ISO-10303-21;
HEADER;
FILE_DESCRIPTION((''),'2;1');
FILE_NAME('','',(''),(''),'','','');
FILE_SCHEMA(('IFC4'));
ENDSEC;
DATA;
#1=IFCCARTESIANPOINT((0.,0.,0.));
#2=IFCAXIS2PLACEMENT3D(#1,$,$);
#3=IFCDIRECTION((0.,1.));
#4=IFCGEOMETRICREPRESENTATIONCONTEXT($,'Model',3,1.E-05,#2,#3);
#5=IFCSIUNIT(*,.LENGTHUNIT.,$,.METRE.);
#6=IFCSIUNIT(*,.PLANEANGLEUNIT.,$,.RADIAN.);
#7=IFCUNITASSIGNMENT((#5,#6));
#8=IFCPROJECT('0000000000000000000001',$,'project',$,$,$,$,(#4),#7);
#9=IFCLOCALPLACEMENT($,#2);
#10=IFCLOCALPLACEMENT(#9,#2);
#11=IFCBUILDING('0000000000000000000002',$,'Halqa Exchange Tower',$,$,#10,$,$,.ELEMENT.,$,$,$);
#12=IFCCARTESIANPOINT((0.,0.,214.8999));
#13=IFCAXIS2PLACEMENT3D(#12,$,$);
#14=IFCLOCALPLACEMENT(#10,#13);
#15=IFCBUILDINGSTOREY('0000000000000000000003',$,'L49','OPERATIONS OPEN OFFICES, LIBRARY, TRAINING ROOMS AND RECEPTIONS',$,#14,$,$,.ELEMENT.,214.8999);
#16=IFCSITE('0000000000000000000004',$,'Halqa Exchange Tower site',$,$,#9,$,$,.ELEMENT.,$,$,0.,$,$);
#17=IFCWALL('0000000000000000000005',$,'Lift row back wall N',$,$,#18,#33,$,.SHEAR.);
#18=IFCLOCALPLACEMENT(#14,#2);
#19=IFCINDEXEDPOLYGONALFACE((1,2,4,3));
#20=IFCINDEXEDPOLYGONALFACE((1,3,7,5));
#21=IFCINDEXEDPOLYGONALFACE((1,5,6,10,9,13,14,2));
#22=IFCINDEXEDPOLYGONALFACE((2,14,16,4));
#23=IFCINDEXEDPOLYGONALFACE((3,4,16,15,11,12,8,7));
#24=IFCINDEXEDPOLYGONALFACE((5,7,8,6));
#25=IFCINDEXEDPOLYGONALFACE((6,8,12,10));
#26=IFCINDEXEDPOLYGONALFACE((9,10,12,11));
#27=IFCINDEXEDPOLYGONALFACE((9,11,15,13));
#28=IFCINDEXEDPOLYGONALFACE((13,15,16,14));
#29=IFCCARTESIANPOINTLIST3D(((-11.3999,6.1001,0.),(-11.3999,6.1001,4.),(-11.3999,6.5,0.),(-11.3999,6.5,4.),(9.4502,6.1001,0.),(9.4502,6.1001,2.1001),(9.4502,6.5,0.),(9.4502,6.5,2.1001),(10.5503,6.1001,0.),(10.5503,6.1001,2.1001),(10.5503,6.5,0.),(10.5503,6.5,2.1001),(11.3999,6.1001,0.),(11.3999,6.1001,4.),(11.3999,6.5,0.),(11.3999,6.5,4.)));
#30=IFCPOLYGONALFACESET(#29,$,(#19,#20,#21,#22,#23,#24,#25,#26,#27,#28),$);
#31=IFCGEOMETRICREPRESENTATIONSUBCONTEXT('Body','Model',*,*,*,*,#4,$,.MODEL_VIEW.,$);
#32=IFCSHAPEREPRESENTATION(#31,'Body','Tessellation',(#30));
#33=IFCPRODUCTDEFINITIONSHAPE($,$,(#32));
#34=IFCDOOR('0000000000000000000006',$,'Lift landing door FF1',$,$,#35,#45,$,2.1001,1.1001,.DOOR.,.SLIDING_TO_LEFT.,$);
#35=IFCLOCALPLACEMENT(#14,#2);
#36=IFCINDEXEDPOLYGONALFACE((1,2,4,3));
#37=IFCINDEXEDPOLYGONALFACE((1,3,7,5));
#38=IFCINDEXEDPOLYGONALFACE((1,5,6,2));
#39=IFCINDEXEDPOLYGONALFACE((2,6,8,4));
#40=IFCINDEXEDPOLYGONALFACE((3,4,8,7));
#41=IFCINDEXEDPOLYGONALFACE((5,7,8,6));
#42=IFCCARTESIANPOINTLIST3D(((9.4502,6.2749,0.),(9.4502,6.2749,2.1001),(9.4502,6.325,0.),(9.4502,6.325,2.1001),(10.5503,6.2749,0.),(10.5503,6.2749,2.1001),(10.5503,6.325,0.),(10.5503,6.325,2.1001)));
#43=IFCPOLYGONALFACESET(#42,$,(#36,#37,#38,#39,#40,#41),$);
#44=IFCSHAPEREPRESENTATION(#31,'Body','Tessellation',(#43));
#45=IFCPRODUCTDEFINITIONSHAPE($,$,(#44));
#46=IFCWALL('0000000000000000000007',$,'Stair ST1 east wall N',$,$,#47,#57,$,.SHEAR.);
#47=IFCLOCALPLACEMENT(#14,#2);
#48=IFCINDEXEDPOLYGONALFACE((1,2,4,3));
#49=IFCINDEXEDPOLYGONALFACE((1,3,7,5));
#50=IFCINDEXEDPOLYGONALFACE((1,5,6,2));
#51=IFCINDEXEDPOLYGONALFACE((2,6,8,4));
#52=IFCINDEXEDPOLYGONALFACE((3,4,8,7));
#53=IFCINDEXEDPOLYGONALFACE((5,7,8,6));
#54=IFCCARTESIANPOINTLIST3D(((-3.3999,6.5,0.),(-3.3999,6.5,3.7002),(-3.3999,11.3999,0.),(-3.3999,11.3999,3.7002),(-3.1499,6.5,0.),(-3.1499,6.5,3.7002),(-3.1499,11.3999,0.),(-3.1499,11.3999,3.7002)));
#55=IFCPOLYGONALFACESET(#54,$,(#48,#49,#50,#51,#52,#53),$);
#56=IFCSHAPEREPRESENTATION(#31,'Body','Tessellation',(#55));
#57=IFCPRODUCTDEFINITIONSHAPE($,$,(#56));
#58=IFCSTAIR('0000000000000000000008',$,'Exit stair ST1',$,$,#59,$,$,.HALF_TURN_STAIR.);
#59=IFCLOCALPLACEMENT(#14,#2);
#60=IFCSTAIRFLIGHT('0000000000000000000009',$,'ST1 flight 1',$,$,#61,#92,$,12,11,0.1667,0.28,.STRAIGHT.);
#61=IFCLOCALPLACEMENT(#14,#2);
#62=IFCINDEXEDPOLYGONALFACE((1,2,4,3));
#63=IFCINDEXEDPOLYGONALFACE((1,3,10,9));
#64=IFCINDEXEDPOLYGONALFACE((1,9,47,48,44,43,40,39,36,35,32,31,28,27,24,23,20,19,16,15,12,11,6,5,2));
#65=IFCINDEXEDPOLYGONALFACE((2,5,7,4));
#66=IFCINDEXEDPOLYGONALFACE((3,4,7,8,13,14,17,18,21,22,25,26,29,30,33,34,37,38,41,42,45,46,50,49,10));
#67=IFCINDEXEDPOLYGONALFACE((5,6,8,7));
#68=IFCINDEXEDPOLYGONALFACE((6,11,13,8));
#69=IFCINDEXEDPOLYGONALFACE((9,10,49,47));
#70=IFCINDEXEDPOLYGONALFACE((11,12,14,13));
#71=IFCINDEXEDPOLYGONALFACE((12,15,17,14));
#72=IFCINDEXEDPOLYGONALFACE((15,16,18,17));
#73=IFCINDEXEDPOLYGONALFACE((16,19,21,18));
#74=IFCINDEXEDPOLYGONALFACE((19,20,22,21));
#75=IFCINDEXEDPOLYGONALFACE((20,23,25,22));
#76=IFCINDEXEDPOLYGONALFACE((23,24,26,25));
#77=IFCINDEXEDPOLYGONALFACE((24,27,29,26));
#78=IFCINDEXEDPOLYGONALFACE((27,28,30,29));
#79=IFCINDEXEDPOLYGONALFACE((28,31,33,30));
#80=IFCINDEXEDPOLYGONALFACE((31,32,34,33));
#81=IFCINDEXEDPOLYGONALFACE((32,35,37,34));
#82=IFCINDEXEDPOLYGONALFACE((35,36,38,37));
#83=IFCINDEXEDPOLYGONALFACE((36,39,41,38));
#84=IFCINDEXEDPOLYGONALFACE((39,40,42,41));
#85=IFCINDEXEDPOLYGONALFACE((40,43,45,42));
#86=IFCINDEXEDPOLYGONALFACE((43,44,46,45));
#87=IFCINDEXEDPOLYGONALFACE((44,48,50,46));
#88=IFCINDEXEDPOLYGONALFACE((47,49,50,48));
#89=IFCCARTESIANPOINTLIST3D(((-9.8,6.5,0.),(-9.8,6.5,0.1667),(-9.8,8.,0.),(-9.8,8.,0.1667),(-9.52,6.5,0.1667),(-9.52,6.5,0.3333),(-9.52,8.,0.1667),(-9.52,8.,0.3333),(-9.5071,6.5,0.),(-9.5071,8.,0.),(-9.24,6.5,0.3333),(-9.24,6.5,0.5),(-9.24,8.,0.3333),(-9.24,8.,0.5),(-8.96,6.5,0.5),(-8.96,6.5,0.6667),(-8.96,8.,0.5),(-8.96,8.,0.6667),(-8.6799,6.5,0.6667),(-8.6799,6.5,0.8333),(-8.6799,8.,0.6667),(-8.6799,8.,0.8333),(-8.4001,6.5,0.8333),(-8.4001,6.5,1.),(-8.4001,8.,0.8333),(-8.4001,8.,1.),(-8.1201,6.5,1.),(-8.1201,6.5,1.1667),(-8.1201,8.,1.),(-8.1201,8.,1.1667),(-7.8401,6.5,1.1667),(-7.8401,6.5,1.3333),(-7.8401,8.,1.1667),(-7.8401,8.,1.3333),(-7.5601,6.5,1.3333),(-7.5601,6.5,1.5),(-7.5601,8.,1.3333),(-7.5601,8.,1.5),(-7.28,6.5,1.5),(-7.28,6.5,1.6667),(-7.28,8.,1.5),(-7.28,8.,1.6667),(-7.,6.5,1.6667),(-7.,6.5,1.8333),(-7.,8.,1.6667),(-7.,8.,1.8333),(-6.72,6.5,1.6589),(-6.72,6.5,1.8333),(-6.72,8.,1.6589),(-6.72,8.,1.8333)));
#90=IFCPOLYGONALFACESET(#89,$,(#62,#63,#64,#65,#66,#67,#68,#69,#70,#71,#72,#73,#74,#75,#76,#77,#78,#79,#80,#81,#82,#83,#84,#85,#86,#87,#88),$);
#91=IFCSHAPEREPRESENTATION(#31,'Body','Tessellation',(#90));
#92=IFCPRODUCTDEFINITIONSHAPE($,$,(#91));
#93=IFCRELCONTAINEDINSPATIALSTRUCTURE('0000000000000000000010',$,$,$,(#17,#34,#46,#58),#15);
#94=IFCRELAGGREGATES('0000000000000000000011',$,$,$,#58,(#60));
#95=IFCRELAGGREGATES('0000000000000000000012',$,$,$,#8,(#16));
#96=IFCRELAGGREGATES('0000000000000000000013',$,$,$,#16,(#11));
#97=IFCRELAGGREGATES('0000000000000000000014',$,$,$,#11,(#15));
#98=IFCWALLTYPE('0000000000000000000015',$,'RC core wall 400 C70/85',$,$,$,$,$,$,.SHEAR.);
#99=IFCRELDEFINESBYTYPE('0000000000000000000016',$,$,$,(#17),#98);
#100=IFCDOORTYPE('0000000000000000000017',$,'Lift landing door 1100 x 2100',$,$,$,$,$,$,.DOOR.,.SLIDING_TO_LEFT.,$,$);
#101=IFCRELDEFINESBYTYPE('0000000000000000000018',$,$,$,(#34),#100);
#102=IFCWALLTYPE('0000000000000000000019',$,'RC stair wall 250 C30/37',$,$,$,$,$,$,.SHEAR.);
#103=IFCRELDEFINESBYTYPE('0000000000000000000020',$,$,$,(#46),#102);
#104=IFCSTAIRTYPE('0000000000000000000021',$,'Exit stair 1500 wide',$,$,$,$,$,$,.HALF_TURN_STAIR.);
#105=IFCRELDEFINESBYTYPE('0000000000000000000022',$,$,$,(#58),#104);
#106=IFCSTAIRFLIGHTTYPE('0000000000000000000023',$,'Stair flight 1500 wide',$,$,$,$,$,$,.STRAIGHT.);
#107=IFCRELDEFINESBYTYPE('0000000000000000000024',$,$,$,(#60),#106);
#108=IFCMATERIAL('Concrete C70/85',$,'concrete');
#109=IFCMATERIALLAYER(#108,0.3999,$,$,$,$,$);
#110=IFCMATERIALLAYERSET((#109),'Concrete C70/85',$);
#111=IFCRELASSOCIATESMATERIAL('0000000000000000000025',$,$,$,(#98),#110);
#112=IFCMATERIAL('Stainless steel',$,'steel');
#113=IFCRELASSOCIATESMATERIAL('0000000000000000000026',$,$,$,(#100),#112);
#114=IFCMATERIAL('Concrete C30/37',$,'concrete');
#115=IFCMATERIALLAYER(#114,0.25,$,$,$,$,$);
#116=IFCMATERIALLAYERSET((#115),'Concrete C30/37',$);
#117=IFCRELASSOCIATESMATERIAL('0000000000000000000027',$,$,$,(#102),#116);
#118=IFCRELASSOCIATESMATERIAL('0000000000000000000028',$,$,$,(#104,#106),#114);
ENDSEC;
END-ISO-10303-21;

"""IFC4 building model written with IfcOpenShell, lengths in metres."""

from ifc_helpers import new_model, si_unit, direction, frame, frame_2d, origin, place, context, subcontext, project, spatial, polyline, rectangle, outline, extrude, material, layer, layer_set, type_object, element, fill, aggregate, save


model = new_model("IFC4")

# Units and contexts
model_context = context("Model", 3, precision=1e-05, world=origin(), true_north=direction((0.0, 1.0)))
body_context = subcontext(model_context, "Body", "Model", "MODEL_VIEW")
ifc_project = project(units=[si_unit("LENGTHUNIT", "METRE"), si_unit("PLANEANGLEUNIT", "RADIAN")], contexts=[model_context])

# Site, building, storey
site_placement = place(None, origin())
site = spatial("IfcSite", under=ifc_project, at=site_placement, Name="Halqa Exchange Tower site", CompositionType="ELEMENT", RefElevation=0.0)
building_placement = place(site_placement, origin())
building = spatial("IfcBuilding", under=site, at=building_placement, Name="Halqa Exchange Tower", CompositionType="ELEMENT")
storey_placement = place(building_placement, frame((0.0, 0.0, 214.8999)))
storey = spatial("IfcBuildingStorey", under=building, at=storey_placement, Name="L49", Description="OPERATIONS OPEN OFFICES, LIBRARY, TRAINING ROOMS AND RECEPTIONS", CompositionType="ELEMENT", Elevation=214.8999)

# Shared definitions
ifc_material_1 = material(Name="Concrete C70/85", Category="concrete")
ifc_layer_1 = layer(ifc_material_1, 0.3999)
ifc_layer_set_1 = layer_set([ifc_layer_1], Name="Concrete C70/85")
wall_type_1 = type_object("IfcWallType", Name="RC core wall 400 C70/85", PredefinedType="SHEAR", material=ifc_layer_set_1)
ifc_material_2 = material(Name="Stainless steel", Category="steel")
door_type_1 = type_object("IfcDoorType", Name="Lift landing door 1100 x 2100", OperationType="SLIDING_TO_LEFT", PredefinedType="DOOR", material=ifc_material_2)

# Wall, opening, door
wall_1_placement = place(storey_placement, frame((-11.3999, 6.3, 0.0), z_axis=(0.0, 0.0, 1.0), x_axis=(1.0, 0.0, 0.0)))
wall_1 = element("IfcWall", 1, at=wall_1_placement, inside=storey, type_object=wall_type_1, Name="Lift row back wall N", PredefinedType="SHEAR", context=body_context, shape_type="SweptSolid", body=[
    extrude(rectangle(XDim=22.7998, YDim=0.3999, at=frame_2d((11.3999, 0.0))), origin(), (0.0, 0.0, 1.0), 4.0),
])
opening_1_placement = place(wall_1_placement, frame((20.8501, 0.0, 0.0)))
opening_1 = element("IfcOpeningElement", 2, at=opening_1_placement, cuts=wall_1, PredefinedType="OPENING", context=body_context, shape_type="SweptSolid", body=[
    extrude(rectangle(XDim=1.1001, YDim=2.1001, at=frame_2d((0.55, 1.05))), frame((0.0, 0.2119, 0.0), z_axis=(0.0, -1.0, 0.0), x_axis=(1.0, 0.0, 0.0)), (0.0, 0.0, 1.0), 0.4238),
])
door_1_placement = place(opening_1_placement, origin())
door_1 = element("IfcDoor", 3, at=door_1_placement, inside=storey, type_object=door_type_1, Name="Lift landing door FF1", OperationType="SLIDING_TO_LEFT", OverallHeight=2.1001, OverallWidth=1.1001, PredefinedType="DOOR", context=body_context, shape_type="SweptSolid", body=[
    extrude(rectangle(XDim=1.1001, YDim=2.1001, at=frame_2d((0.55, 1.05))), frame((0.0, 0.0249, 0.0), z_axis=(0.0, -1.0, 0.0), x_axis=(1.0, 0.0, 0.0)), (0.0, 0.0, 1.0), 0.05),
])
fill(opening_1, door_1)

# Wall
ifc_material_3 = material(Name="Concrete C30/37", Category="concrete")
ifc_layer_2 = layer(ifc_material_3, 0.25)
ifc_layer_set_2 = layer_set([ifc_layer_2], Name="Concrete C30/37")
wall_type_2 = type_object("IfcWallType", Name="RC stair wall 250 C30/37", PredefinedType="SHEAR", material=ifc_layer_set_2)
wall_2_placement = place(storey_placement, frame((-3.2749, 6.5, 0.0), z_axis=(0.0, 0.0, 1.0), x_axis=(0.0, 1.0, 0.0)))
element("IfcWall", 4, at=wall_2_placement, inside=storey, type_object=wall_type_2, Name="Stair ST1 east wall N", PredefinedType="SHEAR", context=body_context, shape_type="SweptSolid", body=[
    extrude(rectangle(XDim=4.8999, YDim=0.25, at=frame_2d((2.45, 0.0))), origin(), (0.0, 0.0, 1.0), 3.7002),
])

# Stair, stair flight
stair_type = type_object("IfcStairType", Name="Exit stair 1500 wide", PredefinedType="HALF_TURN_STAIR", material=ifc_material_3)
stair_placement = place(storey_placement, origin())
stair = element("IfcStair", 5, at=stair_placement, inside=storey, type_object=stair_type, Name="Exit stair ST1", PredefinedType="HALF_TURN_STAIR")
stair_flight_type = type_object("IfcStairFlightType", Name="Stair flight 1500 wide", PredefinedType="STRAIGHT", material=ifc_material_3)
stair_flight_placement = place(storey_placement, frame((-9.8, 7.25, 0.0), z_axis=(0.0, 0.0, 1.0), x_axis=(1.0, 0.0, 0.0)))
stair_flight = element("IfcStairFlight", 6, at=stair_flight_placement, type_object=stair_flight_type, Name="ST1 flight 1", NumberOfRisers=12, NumberOfTreads=11, PredefinedType="STRAIGHT", RiserHeight=0.1667, TreadLength=0.28, context=body_context, shape_type="SweptSolid", body=[
    extrude(outline(polyline([(0.0, 0.0), (0.0, 0.1667), (0.28, 0.1667), (0.28, 0.3333), (0.5601, 0.3333), (0.5601, 0.5), (0.8401, 0.5), (0.8401, 0.6667), (1.1201, 0.6667), (1.1201, 0.8333), (1.3999, 0.8333), (1.3999, 1.0), (1.6799, 1.0), (1.6799, 1.1667), (1.96, 1.1667), (1.96, 1.3333), (2.24, 1.3333), (2.24, 1.5), (2.52, 1.5), (2.52, 1.6667), (2.8, 1.6667), (2.8, 1.8333), (3.0801, 1.8333), (3.0801, 2.0), (3.0801, 1.6589), (0.293, 0.0), (0.0, 0.0)])), frame((0.0, 0.75, 0.0), z_axis=(0.0, -1.0, 0.0), x_axis=(1.0, 0.0, 0.0)), (0.0, 0.0, 1.0), 1.5),
])
aggregate(stair, [stair_flight])

save(model, "model.ifc")
